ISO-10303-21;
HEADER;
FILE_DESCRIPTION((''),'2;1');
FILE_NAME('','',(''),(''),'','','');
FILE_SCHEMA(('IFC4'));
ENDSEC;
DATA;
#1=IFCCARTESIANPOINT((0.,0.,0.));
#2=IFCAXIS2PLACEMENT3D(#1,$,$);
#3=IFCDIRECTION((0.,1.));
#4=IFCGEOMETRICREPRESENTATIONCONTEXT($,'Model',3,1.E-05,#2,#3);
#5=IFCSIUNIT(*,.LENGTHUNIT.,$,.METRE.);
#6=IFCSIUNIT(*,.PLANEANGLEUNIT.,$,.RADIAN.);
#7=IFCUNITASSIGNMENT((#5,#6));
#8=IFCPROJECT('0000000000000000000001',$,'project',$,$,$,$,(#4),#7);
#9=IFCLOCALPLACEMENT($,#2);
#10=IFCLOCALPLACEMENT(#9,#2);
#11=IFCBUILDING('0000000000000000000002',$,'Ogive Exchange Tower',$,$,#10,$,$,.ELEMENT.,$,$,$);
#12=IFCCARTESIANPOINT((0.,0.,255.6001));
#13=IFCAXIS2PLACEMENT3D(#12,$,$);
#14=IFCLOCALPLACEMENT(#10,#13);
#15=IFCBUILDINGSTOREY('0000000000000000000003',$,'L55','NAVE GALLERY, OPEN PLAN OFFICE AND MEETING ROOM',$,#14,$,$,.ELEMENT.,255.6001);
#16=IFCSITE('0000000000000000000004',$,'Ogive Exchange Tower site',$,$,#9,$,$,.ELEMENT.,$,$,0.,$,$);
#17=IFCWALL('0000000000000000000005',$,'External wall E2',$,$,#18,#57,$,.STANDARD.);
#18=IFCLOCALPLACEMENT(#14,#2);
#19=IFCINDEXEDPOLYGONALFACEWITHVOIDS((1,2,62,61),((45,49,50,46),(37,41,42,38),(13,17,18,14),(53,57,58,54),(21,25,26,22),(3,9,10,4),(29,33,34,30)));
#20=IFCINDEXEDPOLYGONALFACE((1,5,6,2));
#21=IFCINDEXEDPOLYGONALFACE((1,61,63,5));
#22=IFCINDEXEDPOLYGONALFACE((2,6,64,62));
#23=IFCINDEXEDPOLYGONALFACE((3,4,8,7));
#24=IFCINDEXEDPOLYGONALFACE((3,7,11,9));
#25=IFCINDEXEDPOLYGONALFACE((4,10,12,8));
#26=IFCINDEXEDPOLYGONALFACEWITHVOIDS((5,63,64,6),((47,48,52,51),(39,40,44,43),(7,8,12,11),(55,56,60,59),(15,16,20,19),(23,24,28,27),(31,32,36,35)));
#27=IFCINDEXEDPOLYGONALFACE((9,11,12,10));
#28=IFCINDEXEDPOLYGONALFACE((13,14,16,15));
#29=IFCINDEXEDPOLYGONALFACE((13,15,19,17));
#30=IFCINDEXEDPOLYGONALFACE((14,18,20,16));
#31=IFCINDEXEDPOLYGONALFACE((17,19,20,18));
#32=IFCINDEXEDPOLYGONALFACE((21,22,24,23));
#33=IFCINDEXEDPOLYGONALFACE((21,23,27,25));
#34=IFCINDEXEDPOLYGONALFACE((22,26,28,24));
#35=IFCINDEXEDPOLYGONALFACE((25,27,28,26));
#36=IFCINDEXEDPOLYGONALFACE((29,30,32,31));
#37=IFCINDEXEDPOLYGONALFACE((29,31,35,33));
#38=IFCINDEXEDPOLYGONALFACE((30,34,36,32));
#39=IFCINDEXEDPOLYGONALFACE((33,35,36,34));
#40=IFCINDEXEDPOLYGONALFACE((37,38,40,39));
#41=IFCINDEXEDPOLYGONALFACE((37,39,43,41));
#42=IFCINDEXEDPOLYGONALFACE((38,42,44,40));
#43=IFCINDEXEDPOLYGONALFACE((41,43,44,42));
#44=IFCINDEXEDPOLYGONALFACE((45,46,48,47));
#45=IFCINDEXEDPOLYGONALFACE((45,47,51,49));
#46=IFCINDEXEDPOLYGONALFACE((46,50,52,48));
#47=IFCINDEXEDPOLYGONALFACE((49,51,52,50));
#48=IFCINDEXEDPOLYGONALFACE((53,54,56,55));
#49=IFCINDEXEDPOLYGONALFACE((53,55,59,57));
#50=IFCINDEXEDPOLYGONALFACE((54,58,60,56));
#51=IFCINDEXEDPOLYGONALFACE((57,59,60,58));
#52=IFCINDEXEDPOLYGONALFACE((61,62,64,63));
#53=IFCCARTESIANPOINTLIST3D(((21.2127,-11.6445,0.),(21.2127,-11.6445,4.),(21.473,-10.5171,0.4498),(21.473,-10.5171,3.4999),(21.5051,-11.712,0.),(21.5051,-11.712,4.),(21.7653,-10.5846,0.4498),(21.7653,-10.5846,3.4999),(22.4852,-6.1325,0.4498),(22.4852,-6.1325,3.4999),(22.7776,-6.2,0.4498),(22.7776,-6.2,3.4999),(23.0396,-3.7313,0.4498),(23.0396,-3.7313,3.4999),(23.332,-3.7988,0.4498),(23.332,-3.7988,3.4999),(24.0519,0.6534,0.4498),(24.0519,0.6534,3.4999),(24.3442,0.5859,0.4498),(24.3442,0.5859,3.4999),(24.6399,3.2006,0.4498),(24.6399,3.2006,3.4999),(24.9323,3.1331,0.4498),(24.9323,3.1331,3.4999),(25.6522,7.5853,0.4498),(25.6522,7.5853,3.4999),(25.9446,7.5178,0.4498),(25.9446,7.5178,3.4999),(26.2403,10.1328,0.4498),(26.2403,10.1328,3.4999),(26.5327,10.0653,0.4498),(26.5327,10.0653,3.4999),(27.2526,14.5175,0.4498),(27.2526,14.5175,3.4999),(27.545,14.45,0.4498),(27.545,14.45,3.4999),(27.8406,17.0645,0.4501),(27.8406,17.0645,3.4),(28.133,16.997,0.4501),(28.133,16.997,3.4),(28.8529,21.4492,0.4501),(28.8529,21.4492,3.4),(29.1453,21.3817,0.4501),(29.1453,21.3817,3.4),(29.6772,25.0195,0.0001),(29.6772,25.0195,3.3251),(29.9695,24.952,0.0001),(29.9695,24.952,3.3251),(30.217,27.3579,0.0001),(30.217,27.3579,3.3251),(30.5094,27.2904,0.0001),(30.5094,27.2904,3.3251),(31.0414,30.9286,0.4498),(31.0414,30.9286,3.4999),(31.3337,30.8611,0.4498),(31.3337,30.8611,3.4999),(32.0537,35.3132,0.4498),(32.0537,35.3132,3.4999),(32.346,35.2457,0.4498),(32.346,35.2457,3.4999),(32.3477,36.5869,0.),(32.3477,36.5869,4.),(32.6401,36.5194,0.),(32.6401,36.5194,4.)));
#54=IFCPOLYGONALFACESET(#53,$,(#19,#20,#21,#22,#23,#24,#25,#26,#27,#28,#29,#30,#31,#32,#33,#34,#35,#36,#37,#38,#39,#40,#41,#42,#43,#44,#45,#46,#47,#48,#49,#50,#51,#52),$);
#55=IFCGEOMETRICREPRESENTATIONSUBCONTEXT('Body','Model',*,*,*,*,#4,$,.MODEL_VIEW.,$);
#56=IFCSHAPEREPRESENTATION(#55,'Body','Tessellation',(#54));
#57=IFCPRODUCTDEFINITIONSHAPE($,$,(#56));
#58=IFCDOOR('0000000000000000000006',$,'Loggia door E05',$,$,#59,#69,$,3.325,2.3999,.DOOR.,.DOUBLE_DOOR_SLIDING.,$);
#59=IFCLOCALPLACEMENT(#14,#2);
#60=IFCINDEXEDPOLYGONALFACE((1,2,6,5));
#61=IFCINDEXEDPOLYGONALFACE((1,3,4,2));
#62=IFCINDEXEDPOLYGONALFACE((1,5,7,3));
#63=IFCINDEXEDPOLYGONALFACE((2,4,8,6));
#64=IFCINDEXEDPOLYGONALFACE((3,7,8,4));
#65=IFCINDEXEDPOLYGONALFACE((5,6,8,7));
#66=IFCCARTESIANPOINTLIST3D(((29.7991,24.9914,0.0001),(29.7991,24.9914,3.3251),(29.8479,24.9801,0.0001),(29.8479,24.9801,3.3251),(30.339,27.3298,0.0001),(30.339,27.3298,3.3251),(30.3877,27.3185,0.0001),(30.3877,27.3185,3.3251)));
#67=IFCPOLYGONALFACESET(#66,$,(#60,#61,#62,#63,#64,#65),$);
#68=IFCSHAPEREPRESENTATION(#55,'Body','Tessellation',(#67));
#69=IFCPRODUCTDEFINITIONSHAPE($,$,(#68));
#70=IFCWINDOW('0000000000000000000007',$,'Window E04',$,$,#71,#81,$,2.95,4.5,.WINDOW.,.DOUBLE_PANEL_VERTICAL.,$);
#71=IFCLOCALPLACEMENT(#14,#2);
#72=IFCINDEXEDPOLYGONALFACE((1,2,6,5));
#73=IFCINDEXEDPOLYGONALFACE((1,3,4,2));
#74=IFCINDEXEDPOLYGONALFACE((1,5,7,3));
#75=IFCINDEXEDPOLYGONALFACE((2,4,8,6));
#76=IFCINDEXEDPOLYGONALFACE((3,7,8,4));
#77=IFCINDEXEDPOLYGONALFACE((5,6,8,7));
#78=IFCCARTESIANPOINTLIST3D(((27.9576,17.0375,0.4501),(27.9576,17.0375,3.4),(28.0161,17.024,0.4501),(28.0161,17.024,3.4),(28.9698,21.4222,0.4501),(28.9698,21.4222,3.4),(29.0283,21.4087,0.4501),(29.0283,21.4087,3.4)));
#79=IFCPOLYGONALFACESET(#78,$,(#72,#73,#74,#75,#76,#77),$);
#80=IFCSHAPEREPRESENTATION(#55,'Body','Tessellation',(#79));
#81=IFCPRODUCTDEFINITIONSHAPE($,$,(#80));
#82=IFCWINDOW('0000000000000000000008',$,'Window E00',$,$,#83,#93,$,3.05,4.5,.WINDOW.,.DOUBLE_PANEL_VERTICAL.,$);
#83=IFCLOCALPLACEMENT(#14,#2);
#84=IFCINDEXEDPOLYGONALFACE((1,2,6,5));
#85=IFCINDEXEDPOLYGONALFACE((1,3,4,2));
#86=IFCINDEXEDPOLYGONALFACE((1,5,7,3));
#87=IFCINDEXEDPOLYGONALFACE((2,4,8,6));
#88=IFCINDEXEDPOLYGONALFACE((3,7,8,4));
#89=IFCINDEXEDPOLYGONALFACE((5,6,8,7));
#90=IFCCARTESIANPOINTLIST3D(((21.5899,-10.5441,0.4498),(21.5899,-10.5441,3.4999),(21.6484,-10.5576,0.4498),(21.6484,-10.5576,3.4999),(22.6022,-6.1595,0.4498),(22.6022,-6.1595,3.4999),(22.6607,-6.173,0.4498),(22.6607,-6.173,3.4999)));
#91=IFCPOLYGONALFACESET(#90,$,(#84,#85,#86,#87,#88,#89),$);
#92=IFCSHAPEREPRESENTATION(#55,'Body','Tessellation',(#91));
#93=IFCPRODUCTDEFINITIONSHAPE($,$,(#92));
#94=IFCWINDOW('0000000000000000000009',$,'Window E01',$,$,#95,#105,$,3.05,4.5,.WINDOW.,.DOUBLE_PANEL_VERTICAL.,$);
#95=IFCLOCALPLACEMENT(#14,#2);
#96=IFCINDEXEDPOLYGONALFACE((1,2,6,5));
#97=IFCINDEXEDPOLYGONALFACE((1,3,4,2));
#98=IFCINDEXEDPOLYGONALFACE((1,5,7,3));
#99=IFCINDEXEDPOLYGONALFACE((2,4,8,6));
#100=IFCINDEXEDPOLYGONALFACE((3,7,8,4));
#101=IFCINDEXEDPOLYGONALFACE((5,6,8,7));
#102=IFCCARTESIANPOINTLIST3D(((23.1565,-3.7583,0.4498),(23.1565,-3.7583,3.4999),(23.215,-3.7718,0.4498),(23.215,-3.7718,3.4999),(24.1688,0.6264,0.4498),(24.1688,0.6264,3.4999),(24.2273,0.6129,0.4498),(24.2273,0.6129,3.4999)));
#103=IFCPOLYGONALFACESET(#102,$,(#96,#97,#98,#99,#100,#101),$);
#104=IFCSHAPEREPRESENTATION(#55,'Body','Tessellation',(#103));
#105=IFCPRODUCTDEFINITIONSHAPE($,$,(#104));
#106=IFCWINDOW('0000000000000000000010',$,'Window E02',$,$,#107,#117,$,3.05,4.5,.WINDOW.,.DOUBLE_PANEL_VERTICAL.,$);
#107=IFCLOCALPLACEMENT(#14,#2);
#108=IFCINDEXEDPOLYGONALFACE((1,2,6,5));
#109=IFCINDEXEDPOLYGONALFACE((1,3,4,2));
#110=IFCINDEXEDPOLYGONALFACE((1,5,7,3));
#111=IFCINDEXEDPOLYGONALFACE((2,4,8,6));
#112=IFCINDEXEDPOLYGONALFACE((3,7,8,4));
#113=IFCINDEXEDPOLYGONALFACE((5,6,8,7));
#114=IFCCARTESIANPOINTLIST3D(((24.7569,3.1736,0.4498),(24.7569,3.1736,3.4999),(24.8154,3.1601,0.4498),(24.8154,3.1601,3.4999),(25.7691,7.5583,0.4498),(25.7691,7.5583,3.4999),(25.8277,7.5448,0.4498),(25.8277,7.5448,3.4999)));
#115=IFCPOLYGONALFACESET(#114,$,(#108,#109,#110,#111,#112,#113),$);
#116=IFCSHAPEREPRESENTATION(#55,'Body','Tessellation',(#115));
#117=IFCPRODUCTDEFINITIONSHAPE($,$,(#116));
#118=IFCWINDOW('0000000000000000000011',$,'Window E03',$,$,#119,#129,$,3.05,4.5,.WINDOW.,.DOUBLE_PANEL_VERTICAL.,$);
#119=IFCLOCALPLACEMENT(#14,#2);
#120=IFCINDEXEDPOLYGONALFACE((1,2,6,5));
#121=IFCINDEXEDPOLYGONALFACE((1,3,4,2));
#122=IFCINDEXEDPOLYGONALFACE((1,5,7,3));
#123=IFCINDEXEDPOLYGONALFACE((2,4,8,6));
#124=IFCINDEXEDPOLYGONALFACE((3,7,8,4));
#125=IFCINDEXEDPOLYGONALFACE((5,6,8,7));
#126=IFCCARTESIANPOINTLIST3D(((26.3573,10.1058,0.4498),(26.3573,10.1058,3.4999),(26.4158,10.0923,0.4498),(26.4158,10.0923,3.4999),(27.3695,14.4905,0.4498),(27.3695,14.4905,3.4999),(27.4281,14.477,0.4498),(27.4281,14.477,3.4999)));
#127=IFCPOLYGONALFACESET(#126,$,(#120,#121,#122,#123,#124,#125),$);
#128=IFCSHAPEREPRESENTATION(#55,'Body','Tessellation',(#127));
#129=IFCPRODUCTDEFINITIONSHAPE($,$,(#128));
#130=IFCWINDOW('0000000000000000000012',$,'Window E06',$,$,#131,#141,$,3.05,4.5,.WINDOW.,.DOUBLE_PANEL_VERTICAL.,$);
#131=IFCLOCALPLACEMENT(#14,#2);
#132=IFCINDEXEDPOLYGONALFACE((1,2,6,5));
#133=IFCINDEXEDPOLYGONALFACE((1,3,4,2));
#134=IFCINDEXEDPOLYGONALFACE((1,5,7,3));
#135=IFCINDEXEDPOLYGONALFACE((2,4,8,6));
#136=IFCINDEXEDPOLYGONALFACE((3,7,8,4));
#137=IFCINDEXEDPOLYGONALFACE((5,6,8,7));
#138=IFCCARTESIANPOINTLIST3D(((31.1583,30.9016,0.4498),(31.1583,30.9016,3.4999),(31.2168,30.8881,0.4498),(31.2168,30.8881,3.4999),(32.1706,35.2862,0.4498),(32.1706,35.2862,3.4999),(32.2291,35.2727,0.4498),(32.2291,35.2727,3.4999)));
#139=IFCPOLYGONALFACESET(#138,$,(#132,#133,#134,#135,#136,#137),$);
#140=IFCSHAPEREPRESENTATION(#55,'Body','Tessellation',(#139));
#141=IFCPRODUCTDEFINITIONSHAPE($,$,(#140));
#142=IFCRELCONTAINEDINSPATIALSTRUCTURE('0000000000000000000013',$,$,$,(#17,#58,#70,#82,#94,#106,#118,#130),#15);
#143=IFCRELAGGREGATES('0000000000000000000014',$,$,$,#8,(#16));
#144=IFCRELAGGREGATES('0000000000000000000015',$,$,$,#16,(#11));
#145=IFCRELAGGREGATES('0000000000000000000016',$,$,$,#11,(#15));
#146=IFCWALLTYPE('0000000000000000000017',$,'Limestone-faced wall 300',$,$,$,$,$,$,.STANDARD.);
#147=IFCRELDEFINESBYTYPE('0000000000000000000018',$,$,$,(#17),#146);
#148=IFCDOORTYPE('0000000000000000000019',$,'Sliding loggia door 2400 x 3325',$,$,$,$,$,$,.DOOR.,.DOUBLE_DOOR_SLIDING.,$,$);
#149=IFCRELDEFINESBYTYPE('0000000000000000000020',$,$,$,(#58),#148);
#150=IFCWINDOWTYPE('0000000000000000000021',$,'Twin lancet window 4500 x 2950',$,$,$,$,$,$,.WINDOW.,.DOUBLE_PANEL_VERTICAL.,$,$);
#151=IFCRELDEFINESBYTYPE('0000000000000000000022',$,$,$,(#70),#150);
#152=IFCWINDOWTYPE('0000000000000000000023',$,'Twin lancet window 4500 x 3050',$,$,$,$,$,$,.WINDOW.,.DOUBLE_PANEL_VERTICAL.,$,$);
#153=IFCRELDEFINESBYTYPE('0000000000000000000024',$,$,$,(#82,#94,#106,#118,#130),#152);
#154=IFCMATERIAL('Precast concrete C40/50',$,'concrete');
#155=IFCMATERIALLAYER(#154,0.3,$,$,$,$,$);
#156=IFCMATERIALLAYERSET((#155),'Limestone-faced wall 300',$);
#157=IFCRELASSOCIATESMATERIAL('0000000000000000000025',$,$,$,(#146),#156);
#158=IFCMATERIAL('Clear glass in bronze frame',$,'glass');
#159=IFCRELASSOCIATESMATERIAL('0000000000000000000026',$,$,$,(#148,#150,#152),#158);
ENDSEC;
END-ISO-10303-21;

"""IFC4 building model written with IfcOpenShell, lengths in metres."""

from ifc_helpers import new_model, si_unit, direction, frame, frame_2d, origin, place, context, subcontext, project, spatial, rectangle, extrude, material, layer, layer_set, type_object, element, fill, save


model = new_model("IFC4")

# Units and contexts
model_context = context("Model", 3, precision=1e-05, world=origin(), true_north=direction((0.0, 1.0)))
body_context = subcontext(model_context, "Body", "Model", "MODEL_VIEW")
ifc_project = project(units=[si_unit("LENGTHUNIT", "METRE"), si_unit("PLANEANGLEUNIT", "RADIAN")], contexts=[model_context])

# Site, building, storey
site_placement = place(None, origin())
site = spatial("IfcSite", under=ifc_project, at=site_placement, Name="Ogive Exchange Tower site", CompositionType="ELEMENT", RefElevation=0.0)
building_placement = place(site_placement, origin())
building = spatial("IfcBuilding", under=site, at=building_placement, Name="Ogive Exchange Tower", CompositionType="ELEMENT")
storey_placement = place(building_placement, frame((0.0, 0.0, 255.6001)))
storey = spatial("IfcBuildingStorey", under=building, at=storey_placement, Name="L55", Description="NAVE GALLERY, OPEN PLAN OFFICE AND MEETING ROOM", CompositionType="ELEMENT", Elevation=255.6001)

# Wall, openings, door, windows
ifc_material_1 = material(Name="Precast concrete C40/50", Category="concrete")
ifc_layer_1 = layer(ifc_material_1, 0.3)
ifc_layer_set_1 = layer_set([ifc_layer_1], Name="Limestone-faced wall 300")
wall_type_1 = type_object("IfcWallType", Name="Limestone-faced wall 300", PredefinedType="STANDARD", material=ifc_layer_set_1)
wall_1_placement = place(storey_placement, frame((21.3589, -11.6782, 0.0), z_axis=(0.0, 0.0, 1.0), x_axis=(0.224949, 0.97437, 0.0)))
wall_1 = element("IfcWall", 1, at=wall_1_placement, inside=storey, type_object=wall_type_1, Name="External wall E2", PredefinedType="STANDARD", context=body_context, shape_type="SweptSolid", body=[
    extrude(rectangle(XDim=49.5, YDim=0.3, at=frame_2d((24.75, 0.0))), origin(), (0.0, 0.0, 1.0), 4.0),
])
opening_1_placement = place(wall_1_placement, frame((1.157, 0.0, 0.45)))
opening_1 = element("IfcOpeningElement", 2, at=opening_1_placement, cuts=wall_1, PredefinedType="OPENING", context=body_context, shape_type="SweptSolid", body=[
    extrude(rectangle(XDim=4.5, YDim=3.05, at=frame_2d((2.25, 1.5249))), frame((0.0, 0.1599, 0.0), z_axis=(0.0, -1.0, 0.0), x_axis=(1.0, 0.0, 0.0)), (0.0, 0.0, 1.0), 0.3201),
])
opening_2_placement = place(wall_1_placement, frame((8.1213, 0.0, 0.45)))
opening_2 = element("IfcOpeningElement", 3, at=opening_2_placement, cuts=wall_1, PredefinedType="OPENING", context=body_context, shape_type="SweptSolid", body=[
    extrude(rectangle(XDim=4.5, YDim=3.05, at=frame_2d((2.25, 1.5249))), frame((0.0, 0.1599, 0.0), z_axis=(0.0, -1.0, 0.0), x_axis=(1.0, 0.0, 0.0)), (0.0, 0.0, 1.0), 0.3201),
])
opening_3_placement = place(wall_1_placement, frame((15.2356, 0.0, 0.45)))
opening_3 = element("IfcOpeningElement", 4, at=opening_3_placement, cuts=wall_1, PredefinedType="OPENING", context=body_context, shape_type="SweptSolid", body=[
    extrude(rectangle(XDim=4.5, YDim=3.05, at=frame_2d((2.25, 1.5249))), frame((0.0, 0.1599, 0.0), z_axis=(0.0, -1.0, 0.0), x_axis=(1.0, 0.0, 0.0)), (0.0, 0.0, 1.0), 0.3201),
])
opening_4_placement = place(wall_1_placement, frame((22.3501, 0.0, 0.45)))
opening_4 = element("IfcOpeningElement", 5, at=opening_4_placement, cuts=wall_1, PredefinedType="OPENING", context=body_context, shape_type="SweptSolid", body=[
    extrude(rectangle(XDim=4.5, YDim=3.05, at=frame_2d((2.25, 1.5249))), frame((0.0, 0.1599, 0.0), z_axis=(0.0, -1.0, 0.0), x_axis=(1.0, 0.0, 0.0)), (0.0, 0.0, 1.0), 0.3201),
])
opening_5_placement = place(wall_1_placement, frame((29.4641, 0.0, 0.45)))
opening_5 = element("IfcOpeningElement", 6, at=opening_5_placement, cuts=wall_1, PredefinedType="OPENING", context=body_context, shape_type="SweptSolid", body=[
    extrude(rectangle(XDim=4.5, YDim=2.95, at=frame_2d((2.25, 1.4751))), frame((0.0, 0.1599, 0.0), z_axis=(0.0, -1.0, 0.0), x_axis=(1.0, 0.0, 0.0)), (0.0, 0.0, 1.0), 0.3201),
])
opening_6_placement = place(wall_1_placement, frame((37.6284, 0.0, 0.0)))
opening_6 = element("IfcOpeningElement", 7, at=opening_6_placement, cuts=wall_1, PredefinedType="OPENING", context=body_context, shape_type="SweptSolid", body=[
    extrude(rectangle(XDim=2.3999, YDim=3.325, at=frame_2d((1.2, 1.6626))), frame((0.0, 0.1599, 0.0), z_axis=(0.0, -1.0, 0.0), x_axis=(1.0, 0.0, 0.0)), (0.0, 0.0, 1.0), 0.3201),
])
opening_7_placement = place(wall_1_placement, frame((43.6929, 0.0, 0.45)))
opening_7 = element("IfcOpeningElement", 8, at=opening_7_placement, cuts=wall_1, PredefinedType="OPENING", context=body_context, shape_type="SweptSolid", body=[
    extrude(rectangle(XDim=4.5, YDim=3.05, at=frame_2d((2.25, 1.5249))), frame((0.0, 0.1599, 0.0), z_axis=(0.0, -1.0, 0.0), x_axis=(1.0, 0.0, 0.0)), (0.0, 0.0, 1.0), 0.3201),
])
ifc_material_2 = material(Name="Clear glass in bronze frame", Category="glass")
door_type_1 = type_object("IfcDoorType", Name="Sliding loggia door 2400 x 3325", OperationType="DOUBLE_DOOR_SLIDING", PredefinedType="DOOR", material=ifc_material_2)
door_1_placement = place(opening_6_placement, origin())
door_1 = element("IfcDoor", 9, at=door_1_placement, inside=storey, type_object=door_type_1, Name="Loggia door E05", OperationType="DOUBLE_DOOR_SLIDING", OverallHeight=3.325, OverallWidth=2.3999, PredefinedType="DOOR", context=body_context, shape_type="SweptSolid", body=[
    extrude(rectangle(XDim=2.3999, YDim=3.325, at=frame_2d((1.2, 1.6626))), frame((0.0, 0.0249, 0.0), z_axis=(0.0, -1.0, 0.0), x_axis=(1.0, 0.0, 0.0)), (0.0, 0.0, 1.0), 0.05),
])
fill(opening_6, door_1)
window_type_1 = type_object("IfcWindowType", Name="Twin lancet window 4500 x 2950", PartitioningType="DOUBLE_PANEL_VERTICAL", PredefinedType="WINDOW", material=ifc_material_2)
window_1_placement = place(opening_5_placement, origin())
window_1 = element("IfcWindow", 10, at=window_1_placement, inside=storey, type_object=window_type_1, Name="Window E04", OverallHeight=2.95, OverallWidth=4.5, PartitioningType="DOUBLE_PANEL_VERTICAL", PredefinedType="WINDOW", context=body_context, shape_type="SweptSolid", body=[
    extrude(rectangle(XDim=4.5, YDim=2.95, at=frame_2d((2.25, 1.4751))), frame((0.0, 0.03, 0.0), z_axis=(0.0, -1.0, 0.0), x_axis=(1.0, 0.0, 0.0)), (0.0, 0.0, 1.0), 0.0601),
])
fill(opening_5, window_1)
window_type_2 = type_object("IfcWindowType", Name="Twin lancet window 4500 x 3050", PartitioningType="DOUBLE_PANEL_VERTICAL", PredefinedType="WINDOW", material=ifc_material_2)
window_2_placement = place(opening_1_placement, origin())
window_2 = element("IfcWindow", 11, at=window_2_placement, inside=storey, type_object=window_type_2, Name="Window E00", OverallHeight=3.05, OverallWidth=4.5, PartitioningType="DOUBLE_PANEL_VERTICAL", PredefinedType="WINDOW", context=body_context, shape_type="SweptSolid", body=[
    extrude(rectangle(XDim=4.5, YDim=3.05, at=frame_2d((2.25, 1.5249))), frame((0.0, 0.03, 0.0), z_axis=(0.0, -1.0, 0.0), x_axis=(1.0, 0.0, 0.0)), (0.0, 0.0, 1.0), 0.0601),
])
fill(opening_1, window_2)
window_3_placement = place(opening_2_placement, origin())
window_3 = element("IfcWindow", 12, at=window_3_placement, inside=storey, type_object=window_type_2, Name="Window E01", OverallHeight=3.05, OverallWidth=4.5, PartitioningType="DOUBLE_PANEL_VERTICAL", PredefinedType="WINDOW", context=body_context, shape_type="SweptSolid", body=[
    extrude(rectangle(XDim=4.5, YDim=3.05, at=frame_2d((2.25, 1.5249))), frame((0.0, 0.03, 0.0), z_axis=(0.0, -1.0, 0.0), x_axis=(1.0, 0.0, 0.0)), (0.0, 0.0, 1.0), 0.0601),
])
fill(opening_2, window_3)
window_4_placement = place(opening_3_placement, origin())
window_4 = element("IfcWindow", 13, at=window_4_placement, inside=storey, type_object=window_type_2, Name="Window E02", OverallHeight=3.05, OverallWidth=4.5, PartitioningType="DOUBLE_PANEL_VERTICAL", PredefinedType="WINDOW", context=body_context, shape_type="SweptSolid", body=[
    extrude(rectangle(XDim=4.5, YDim=3.05, at=frame_2d((2.25, 1.5249))), frame((0.0, 0.03, 0.0), z_axis=(0.0, -1.0, 0.0), x_axis=(1.0, 0.0, 0.0)), (0.0, 0.0, 1.0), 0.0601),
])
fill(opening_3, window_4)
window_5_placement = place(opening_4_placement, origin())
window_5 = element("IfcWindow", 14, at=window_5_placement, inside=storey, type_object=window_type_2, Name="Window E03", OverallHeight=3.05, OverallWidth=4.5, PartitioningType="DOUBLE_PANEL_VERTICAL", PredefinedType="WINDOW", context=body_context, shape_type="SweptSolid", body=[
    extrude(rectangle(XDim=4.5, YDim=3.05, at=frame_2d((2.25, 1.5249))), frame((0.0, 0.03, 0.0), z_axis=(0.0, -1.0, 0.0), x_axis=(1.0, 0.0, 0.0)), (0.0, 0.0, 1.0), 0.0601),
])
fill(opening_4, window_5)
window_6_placement = place(opening_7_placement, origin())
window_6 = element("IfcWindow", 15, at=window_6_placement, inside=storey, type_object=window_type_2, Name="Window E06", OverallHeight=3.05, OverallWidth=4.5, PartitioningType="DOUBLE_PANEL_VERTICAL", PredefinedType="WINDOW", context=body_context, shape_type="SweptSolid", body=[
    extrude(rectangle(XDim=4.5, YDim=3.05, at=frame_2d((2.25, 1.5249))), frame((0.0, 0.03, 0.0), z_axis=(0.0, -1.0, 0.0), x_axis=(1.0, 0.0, 0.0)), (0.0, 0.0, 1.0), 0.0601),
])
fill(opening_7, window_6)

save(model, "model.ifc")
